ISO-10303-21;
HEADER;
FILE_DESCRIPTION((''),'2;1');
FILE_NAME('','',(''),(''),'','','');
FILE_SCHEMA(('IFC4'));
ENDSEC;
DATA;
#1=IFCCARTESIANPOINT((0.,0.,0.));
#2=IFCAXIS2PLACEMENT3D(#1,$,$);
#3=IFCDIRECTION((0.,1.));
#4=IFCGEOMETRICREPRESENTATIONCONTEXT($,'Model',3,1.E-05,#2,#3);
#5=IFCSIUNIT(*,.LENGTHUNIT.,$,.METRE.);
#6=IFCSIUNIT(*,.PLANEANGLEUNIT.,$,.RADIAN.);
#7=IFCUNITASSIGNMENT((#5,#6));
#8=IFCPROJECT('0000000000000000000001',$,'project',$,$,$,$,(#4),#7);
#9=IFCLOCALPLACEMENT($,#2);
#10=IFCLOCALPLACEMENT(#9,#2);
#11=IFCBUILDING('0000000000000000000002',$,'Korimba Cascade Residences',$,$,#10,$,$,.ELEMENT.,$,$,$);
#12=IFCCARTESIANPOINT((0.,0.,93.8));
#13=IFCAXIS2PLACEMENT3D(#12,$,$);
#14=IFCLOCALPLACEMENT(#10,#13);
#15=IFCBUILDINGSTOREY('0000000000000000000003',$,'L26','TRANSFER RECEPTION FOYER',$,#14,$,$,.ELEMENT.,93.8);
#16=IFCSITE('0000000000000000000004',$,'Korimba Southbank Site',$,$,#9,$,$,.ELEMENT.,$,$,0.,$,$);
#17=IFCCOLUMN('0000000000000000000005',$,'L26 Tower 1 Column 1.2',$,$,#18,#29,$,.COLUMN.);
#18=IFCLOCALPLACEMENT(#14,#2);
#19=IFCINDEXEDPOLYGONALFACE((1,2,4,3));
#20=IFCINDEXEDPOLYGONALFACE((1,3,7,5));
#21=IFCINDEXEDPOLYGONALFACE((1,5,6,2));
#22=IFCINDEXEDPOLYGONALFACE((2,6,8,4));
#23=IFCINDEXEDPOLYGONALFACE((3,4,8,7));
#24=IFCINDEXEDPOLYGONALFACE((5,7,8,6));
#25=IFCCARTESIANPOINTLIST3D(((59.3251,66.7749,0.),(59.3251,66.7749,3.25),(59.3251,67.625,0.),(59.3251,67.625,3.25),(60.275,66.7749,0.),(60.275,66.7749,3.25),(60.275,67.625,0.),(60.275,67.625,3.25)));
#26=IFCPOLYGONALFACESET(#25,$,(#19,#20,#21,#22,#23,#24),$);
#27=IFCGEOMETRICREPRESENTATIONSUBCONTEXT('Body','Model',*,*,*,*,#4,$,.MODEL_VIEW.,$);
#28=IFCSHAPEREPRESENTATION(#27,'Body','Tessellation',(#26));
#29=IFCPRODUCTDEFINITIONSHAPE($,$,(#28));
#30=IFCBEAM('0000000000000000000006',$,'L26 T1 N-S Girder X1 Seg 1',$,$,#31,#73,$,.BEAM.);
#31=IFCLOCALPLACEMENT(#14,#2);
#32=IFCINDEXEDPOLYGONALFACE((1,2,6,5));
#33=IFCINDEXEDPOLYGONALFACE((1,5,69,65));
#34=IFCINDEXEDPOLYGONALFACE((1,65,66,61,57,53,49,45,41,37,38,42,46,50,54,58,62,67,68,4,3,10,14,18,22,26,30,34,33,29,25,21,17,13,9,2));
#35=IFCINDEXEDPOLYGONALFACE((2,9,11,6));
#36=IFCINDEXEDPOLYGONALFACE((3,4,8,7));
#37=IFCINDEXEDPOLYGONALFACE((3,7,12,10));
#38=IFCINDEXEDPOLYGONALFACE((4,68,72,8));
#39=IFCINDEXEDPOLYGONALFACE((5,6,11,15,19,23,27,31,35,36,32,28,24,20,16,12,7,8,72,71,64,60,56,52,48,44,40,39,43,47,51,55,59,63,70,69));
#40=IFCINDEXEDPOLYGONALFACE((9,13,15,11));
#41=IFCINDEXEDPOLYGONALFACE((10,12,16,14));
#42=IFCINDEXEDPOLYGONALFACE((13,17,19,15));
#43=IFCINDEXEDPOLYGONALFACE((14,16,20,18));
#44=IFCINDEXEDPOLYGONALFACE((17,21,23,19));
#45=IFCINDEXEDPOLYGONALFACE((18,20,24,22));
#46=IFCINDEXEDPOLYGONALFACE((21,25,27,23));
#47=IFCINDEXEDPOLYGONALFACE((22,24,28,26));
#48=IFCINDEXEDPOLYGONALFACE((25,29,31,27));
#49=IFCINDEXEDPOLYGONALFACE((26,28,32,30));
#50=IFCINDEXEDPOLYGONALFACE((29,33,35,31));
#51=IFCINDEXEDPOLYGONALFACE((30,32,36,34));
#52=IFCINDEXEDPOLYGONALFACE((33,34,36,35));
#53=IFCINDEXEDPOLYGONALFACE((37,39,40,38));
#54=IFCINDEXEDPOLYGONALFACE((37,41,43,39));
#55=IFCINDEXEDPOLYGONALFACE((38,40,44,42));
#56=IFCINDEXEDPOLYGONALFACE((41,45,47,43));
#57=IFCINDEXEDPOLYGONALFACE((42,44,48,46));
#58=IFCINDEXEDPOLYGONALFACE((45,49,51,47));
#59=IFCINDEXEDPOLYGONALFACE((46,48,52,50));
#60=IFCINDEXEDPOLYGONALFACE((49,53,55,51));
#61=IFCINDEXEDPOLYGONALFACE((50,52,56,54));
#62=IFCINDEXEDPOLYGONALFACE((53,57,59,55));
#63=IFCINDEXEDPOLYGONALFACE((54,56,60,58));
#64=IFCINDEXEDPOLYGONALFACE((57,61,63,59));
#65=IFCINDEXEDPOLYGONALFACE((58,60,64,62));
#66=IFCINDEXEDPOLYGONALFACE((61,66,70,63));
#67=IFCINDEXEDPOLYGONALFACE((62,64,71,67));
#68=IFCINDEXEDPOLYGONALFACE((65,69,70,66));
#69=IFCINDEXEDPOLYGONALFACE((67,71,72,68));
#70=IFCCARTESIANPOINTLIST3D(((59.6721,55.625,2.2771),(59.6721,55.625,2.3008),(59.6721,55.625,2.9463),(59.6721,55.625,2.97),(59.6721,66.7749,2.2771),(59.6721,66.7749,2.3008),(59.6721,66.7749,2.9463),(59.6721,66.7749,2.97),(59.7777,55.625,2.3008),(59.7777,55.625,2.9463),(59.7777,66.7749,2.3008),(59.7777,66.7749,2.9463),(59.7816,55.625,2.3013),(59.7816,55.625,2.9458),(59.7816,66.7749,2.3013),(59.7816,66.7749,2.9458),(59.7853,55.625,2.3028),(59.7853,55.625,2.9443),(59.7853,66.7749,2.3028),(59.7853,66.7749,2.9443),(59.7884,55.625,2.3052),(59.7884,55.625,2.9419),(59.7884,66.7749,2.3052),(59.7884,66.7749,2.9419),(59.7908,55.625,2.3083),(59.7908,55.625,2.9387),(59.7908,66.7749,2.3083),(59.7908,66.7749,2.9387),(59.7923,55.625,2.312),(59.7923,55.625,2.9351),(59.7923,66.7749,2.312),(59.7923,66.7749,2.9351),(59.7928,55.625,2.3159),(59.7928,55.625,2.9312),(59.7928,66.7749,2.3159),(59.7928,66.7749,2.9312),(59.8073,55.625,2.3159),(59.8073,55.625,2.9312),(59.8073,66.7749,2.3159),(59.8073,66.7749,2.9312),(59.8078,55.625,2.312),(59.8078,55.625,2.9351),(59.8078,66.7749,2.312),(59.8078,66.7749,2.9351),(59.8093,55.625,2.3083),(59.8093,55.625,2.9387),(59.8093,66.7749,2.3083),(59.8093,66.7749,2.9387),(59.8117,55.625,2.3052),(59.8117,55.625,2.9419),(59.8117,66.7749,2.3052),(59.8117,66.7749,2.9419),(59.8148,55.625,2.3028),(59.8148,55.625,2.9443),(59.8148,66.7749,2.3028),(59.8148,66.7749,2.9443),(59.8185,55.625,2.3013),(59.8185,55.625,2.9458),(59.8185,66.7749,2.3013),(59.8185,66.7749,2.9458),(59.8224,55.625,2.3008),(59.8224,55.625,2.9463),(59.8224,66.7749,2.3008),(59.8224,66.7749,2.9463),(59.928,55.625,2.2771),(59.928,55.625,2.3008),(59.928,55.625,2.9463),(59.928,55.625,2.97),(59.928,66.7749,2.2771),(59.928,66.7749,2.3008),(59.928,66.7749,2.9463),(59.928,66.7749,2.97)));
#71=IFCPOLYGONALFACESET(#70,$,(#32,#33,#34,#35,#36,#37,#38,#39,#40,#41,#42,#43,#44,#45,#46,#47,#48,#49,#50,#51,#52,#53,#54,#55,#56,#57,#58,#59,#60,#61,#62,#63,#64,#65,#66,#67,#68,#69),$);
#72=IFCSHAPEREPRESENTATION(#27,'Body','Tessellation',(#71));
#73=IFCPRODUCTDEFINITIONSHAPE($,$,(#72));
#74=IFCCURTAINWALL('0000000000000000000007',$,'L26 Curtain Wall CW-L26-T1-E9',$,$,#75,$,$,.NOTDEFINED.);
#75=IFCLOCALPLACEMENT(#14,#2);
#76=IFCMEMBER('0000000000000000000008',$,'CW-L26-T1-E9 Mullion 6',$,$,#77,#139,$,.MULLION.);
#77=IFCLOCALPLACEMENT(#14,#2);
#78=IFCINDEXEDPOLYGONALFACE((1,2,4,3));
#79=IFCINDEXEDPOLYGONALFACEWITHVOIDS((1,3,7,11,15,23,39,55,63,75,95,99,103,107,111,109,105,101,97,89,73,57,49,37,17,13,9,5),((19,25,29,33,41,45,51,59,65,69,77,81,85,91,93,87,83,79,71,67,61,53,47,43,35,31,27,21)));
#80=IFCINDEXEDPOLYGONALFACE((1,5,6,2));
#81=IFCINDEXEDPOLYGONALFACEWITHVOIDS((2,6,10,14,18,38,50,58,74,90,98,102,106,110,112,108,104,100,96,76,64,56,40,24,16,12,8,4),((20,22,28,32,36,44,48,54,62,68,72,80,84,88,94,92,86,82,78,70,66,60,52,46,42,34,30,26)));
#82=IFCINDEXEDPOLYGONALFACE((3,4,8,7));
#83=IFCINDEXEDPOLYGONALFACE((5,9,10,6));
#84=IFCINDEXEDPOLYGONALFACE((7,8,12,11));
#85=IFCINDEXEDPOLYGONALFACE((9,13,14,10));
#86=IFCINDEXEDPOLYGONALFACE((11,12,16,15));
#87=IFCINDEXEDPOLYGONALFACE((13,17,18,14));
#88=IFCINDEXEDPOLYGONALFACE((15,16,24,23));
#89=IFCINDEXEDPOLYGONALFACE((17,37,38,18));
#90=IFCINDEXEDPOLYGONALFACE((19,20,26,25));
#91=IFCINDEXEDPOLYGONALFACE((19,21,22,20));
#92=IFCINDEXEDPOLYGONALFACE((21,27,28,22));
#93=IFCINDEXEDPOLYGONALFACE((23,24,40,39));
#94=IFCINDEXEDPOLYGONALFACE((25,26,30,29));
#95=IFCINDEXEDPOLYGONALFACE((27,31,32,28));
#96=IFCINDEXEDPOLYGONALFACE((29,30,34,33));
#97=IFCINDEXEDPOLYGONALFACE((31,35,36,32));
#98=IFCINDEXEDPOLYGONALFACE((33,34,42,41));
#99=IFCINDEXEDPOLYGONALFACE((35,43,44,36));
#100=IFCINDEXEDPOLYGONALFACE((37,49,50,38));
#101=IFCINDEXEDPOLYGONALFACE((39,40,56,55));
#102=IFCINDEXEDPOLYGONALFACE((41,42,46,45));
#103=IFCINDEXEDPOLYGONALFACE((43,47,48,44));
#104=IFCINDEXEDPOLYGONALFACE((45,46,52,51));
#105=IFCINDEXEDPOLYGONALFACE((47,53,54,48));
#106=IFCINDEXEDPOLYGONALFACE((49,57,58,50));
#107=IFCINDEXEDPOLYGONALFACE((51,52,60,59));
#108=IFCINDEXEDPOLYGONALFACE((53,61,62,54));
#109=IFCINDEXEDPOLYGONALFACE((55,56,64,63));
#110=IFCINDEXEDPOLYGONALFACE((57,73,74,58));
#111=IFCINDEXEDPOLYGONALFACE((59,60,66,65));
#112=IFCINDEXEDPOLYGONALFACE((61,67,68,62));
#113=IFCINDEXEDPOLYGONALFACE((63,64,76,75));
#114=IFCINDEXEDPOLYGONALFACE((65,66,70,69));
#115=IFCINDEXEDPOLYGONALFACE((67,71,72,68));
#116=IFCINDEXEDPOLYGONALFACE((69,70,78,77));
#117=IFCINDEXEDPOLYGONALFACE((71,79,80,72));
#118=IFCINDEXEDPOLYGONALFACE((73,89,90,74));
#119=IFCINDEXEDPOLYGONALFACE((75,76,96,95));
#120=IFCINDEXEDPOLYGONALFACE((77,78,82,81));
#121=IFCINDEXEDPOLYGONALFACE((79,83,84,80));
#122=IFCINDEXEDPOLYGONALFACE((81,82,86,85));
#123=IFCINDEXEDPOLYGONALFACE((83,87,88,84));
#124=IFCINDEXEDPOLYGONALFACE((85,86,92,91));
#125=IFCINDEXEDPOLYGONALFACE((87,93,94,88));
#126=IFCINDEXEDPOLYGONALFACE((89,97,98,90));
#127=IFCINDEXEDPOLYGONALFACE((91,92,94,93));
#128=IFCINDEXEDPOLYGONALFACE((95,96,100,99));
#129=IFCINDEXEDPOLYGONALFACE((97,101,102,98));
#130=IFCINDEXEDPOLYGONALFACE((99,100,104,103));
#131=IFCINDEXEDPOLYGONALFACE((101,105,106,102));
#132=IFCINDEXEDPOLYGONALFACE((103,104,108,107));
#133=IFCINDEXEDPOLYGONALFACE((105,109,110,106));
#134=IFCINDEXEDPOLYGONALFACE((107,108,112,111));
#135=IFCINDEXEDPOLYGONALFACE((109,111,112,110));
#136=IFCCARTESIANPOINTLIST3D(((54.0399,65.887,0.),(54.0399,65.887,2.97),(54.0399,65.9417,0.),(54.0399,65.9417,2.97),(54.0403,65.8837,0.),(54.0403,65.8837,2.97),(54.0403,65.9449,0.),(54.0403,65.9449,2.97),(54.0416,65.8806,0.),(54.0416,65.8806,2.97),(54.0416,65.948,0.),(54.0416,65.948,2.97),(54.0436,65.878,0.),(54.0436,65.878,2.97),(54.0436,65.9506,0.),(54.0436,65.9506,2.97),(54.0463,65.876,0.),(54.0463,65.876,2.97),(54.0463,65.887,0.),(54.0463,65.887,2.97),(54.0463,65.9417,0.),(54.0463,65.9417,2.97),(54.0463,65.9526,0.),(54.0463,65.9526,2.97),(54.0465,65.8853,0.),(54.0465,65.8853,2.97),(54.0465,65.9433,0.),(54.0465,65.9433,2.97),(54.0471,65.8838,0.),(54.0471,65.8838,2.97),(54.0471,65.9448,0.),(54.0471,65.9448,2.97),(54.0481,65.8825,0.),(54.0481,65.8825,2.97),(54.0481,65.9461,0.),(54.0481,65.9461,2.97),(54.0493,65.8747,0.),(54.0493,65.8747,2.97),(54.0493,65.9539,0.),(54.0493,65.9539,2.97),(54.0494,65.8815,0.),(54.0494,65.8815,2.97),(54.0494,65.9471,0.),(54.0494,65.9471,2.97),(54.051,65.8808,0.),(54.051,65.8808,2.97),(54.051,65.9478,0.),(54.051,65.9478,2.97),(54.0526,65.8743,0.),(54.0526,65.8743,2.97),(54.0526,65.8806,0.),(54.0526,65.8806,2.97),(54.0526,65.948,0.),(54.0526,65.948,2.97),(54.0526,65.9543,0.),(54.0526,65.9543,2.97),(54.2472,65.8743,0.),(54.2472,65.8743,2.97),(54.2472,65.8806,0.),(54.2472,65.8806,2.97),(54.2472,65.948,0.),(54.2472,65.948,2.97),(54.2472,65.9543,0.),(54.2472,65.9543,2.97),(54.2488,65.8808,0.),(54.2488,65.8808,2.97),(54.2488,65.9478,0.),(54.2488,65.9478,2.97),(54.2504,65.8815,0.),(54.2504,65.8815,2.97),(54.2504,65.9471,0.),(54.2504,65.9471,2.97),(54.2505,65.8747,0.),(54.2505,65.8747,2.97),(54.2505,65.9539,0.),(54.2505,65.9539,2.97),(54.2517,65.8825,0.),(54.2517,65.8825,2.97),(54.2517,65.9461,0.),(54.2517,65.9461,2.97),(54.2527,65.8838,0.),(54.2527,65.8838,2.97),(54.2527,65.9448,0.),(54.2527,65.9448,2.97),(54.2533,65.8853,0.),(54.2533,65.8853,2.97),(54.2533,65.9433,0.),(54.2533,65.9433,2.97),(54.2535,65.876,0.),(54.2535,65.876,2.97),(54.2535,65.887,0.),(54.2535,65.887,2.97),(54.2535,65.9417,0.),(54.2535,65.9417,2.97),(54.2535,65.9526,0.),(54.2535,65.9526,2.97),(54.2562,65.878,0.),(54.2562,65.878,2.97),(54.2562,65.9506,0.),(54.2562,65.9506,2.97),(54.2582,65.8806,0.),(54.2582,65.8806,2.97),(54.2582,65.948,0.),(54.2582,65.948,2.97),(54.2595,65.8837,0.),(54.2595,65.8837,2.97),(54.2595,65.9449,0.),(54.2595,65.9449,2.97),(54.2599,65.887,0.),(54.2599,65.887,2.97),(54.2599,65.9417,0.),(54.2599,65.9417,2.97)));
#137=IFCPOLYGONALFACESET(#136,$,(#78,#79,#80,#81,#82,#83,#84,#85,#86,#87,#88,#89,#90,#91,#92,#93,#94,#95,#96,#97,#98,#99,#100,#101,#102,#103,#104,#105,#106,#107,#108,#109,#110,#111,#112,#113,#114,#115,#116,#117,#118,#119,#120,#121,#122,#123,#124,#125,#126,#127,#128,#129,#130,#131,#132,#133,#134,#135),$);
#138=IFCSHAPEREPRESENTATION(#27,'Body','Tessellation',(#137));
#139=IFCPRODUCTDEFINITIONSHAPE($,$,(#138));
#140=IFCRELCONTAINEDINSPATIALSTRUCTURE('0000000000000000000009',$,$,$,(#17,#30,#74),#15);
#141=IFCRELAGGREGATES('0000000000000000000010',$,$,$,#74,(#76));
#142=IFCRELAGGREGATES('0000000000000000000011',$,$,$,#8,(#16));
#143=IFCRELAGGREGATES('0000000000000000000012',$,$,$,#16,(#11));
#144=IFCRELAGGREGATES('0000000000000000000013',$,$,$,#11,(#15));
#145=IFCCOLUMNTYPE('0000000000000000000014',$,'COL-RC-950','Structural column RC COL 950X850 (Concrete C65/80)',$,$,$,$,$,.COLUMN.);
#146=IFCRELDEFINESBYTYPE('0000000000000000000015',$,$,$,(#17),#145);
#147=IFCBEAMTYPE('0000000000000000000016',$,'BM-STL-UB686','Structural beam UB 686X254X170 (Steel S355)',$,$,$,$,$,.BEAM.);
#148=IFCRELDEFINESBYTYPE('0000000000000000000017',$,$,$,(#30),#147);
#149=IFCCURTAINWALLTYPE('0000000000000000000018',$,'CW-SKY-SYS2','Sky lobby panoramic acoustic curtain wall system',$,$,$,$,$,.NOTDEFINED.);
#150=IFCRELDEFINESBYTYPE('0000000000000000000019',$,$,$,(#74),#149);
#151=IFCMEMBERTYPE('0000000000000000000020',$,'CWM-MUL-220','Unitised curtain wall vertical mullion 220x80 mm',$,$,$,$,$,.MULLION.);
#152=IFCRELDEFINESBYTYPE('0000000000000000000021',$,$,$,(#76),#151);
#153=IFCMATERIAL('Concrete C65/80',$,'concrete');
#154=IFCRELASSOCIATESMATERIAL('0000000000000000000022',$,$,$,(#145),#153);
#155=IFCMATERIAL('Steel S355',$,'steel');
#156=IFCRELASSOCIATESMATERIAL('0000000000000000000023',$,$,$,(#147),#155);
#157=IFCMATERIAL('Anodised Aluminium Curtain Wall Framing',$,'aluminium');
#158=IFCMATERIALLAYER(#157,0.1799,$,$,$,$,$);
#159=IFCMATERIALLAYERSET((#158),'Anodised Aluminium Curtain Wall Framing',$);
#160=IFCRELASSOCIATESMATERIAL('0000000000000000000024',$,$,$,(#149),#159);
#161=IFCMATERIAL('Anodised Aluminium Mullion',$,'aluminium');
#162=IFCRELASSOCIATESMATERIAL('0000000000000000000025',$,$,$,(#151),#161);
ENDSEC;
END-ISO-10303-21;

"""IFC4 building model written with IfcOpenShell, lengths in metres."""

from ifc_helpers import new_model, si_unit, direction, frame, origin, origin_2d, place, context, subcontext, project, spatial, rectangle, hollow_rectangle, i_section, extrude, material, layer, layer_set, material_profile, profile_set, type_object, element, aggregate, save


model = new_model("IFC4")

# Units and contexts
model_context = context("Model", 3, precision=1e-05, world=origin(), true_north=direction((0.0, 1.0)))
body_context = subcontext(model_context, "Body", "Model", "MODEL_VIEW")
ifc_project = project(units=[si_unit("LENGTHUNIT", "METRE"), si_unit("PLANEANGLEUNIT", "RADIAN")], contexts=[model_context])

# Site, building, storey
site_placement = place(None, origin())
site = spatial("IfcSite", under=ifc_project, at=site_placement, Name="Korimba Southbank Site", CompositionType="ELEMENT", RefElevation=0.0)
building_placement = place(site_placement, origin())
building = spatial("IfcBuilding", under=site, at=building_placement, Name="Korimba Cascade Residences", CompositionType="ELEMENT")
storey_placement = place(building_placement, frame((0.0, 0.0, 93.8)))
storey = spatial("IfcBuildingStorey", under=building, at=storey_placement, Name="L26", Description="TRANSFER RECEPTION FOYER", CompositionType="ELEMENT", Elevation=93.8)

# Column
ifc_material_1 = material(Name="Concrete C65/80", Category="concrete")
ifc_material_profile_1 = material_profile(ifc_material_1, rectangle(XDim=0.95, YDim=0.8501, at=origin_2d()), Name="Concrete C65/80")
ifc_profile_set_1 = profile_set([ifc_material_profile_1], Name="Concrete C65/80")
column_type = type_object("IfcColumnType", Name="COL-RC-950", Description="Structural column RC COL 950X850 (Concrete C65/80)", PredefinedType="COLUMN", material=ifc_profile_set_1)
column_placement = place(storey_placement, frame((59.8, 67.2, 0.0), z_axis=(0.0, 0.0, 1.0), x_axis=(1.0, 0.0, 0.0)))
element("IfcColumn", 1, at=column_placement, inside=storey, type_object=column_type, Name="L26 Tower 1 Column 1.2", PredefinedType="COLUMN", context=body_context, shape_type="SweptSolid", body=[
    extrude(rectangle(XDim=0.95, YDim=0.8501, at=origin_2d()), origin(), (0.0, 0.0, 1.0), 3.25),
])

# Beam
ifc_material_2 = material(Name="Steel S355", Category="steel")
ifc_material_profile_2 = material_profile(ifc_material_2, i_section(OverallWidth=0.2559, OverallDepth=0.6929, WebThickness=0.0144, FlangeThickness=0.0237, FilletRadius=0.0151, at=origin_2d()), Name="Steel S355")
ifc_profile_set_2 = profile_set([ifc_material_profile_2], Name="Steel S355")
beam_type = type_object("IfcBeamType", Name="BM-STL-UB686", Description="Structural beam UB 686X254X170 (Steel S355)", PredefinedType="BEAM", material=ifc_profile_set_2)
beam_placement = place(storey_placement, frame((59.8, 55.625, 2.6235), z_axis=(0.0, 1.0, 0.0), x_axis=(-1.0, 0.0, 0.0)))
element("IfcBeam", 2, at=beam_placement, inside=storey, type_object=beam_type, Name="L26 T1 N-S Girder X1 Seg 1", PredefinedType="BEAM", context=body_context, shape_type="SweptSolid", body=[
    extrude(i_section(OverallWidth=0.2559, OverallDepth=0.6929, WebThickness=0.0144, FlangeThickness=0.0237, FilletRadius=0.0151, at=origin_2d()), origin(), (0.0, 0.0, 1.0), 11.1499),
])

# Curtain wall, member
ifc_material_3 = material(Name="Anodised Aluminium Curtain Wall Framing", Category="aluminium")
ifc_layer_1 = layer(ifc_material_3, 0.1799)
ifc_layer_set_1 = layer_set([ifc_layer_1], Name="Anodised Aluminium Curtain Wall Framing")
curtain_wall_type = type_object("IfcCurtainWallType", Name="CW-SKY-SYS2", Description="Sky lobby panoramic acoustic curtain wall system", PredefinedType="NOTDEFINED", material=ifc_layer_set_1)
curtain_wall_placement = place(storey_placement, origin())
curtain_wall = element("IfcCurtainWall", 3, at=curtain_wall_placement, inside=storey, type_object=curtain_wall_type, Name="L26 Curtain Wall CW-L26-T1-E9", PredefinedType="NOTDEFINED")
ifc_material_4 = material(Name="Anodised Aluminium Mullion", Category="aluminium")
ifc_material_profile_3 = material_profile(ifc_material_4, hollow_rectangle(XDim=0.0801, YDim=0.22, WallThickness=0.0063, InnerFilletRadius=0.0063, OuterFilletRadius=0.0127, at=origin_2d()), Name="Anodised Aluminium Mullion")
ifc_profile_set_3 = profile_set([ifc_material_profile_3], Name="Anodised Aluminium Mullion")
member_type_1 = type_object("IfcMemberType", Name="CWM-MUL-220", Description="Unitised curtain wall vertical mullion 220x80 mm", PredefinedType="MULLION", material=ifc_profile_set_3)
member_1_placement = place(storey_placement, frame((54.1499, 65.9143, 0.0), z_axis=(0.0, 0.0, 1.0), x_axis=(0.0, -1.0, 0.0)))
member_1 = element("IfcMember", 4, at=member_1_placement, type_object=member_type_1, Name="CW-L26-T1-E9 Mullion 6", PredefinedType="MULLION", context=body_context, shape_type="SweptSolid", body=[
    extrude(hollow_rectangle(XDim=0.0801, YDim=0.22, WallThickness=0.0063, InnerFilletRadius=0.0063, OuterFilletRadius=0.0127, at=origin_2d()), origin(), (0.0, 0.0, 1.0), 2.97),
])
aggregate(curtain_wall, [member_1])

save(model, "model.ifc")
